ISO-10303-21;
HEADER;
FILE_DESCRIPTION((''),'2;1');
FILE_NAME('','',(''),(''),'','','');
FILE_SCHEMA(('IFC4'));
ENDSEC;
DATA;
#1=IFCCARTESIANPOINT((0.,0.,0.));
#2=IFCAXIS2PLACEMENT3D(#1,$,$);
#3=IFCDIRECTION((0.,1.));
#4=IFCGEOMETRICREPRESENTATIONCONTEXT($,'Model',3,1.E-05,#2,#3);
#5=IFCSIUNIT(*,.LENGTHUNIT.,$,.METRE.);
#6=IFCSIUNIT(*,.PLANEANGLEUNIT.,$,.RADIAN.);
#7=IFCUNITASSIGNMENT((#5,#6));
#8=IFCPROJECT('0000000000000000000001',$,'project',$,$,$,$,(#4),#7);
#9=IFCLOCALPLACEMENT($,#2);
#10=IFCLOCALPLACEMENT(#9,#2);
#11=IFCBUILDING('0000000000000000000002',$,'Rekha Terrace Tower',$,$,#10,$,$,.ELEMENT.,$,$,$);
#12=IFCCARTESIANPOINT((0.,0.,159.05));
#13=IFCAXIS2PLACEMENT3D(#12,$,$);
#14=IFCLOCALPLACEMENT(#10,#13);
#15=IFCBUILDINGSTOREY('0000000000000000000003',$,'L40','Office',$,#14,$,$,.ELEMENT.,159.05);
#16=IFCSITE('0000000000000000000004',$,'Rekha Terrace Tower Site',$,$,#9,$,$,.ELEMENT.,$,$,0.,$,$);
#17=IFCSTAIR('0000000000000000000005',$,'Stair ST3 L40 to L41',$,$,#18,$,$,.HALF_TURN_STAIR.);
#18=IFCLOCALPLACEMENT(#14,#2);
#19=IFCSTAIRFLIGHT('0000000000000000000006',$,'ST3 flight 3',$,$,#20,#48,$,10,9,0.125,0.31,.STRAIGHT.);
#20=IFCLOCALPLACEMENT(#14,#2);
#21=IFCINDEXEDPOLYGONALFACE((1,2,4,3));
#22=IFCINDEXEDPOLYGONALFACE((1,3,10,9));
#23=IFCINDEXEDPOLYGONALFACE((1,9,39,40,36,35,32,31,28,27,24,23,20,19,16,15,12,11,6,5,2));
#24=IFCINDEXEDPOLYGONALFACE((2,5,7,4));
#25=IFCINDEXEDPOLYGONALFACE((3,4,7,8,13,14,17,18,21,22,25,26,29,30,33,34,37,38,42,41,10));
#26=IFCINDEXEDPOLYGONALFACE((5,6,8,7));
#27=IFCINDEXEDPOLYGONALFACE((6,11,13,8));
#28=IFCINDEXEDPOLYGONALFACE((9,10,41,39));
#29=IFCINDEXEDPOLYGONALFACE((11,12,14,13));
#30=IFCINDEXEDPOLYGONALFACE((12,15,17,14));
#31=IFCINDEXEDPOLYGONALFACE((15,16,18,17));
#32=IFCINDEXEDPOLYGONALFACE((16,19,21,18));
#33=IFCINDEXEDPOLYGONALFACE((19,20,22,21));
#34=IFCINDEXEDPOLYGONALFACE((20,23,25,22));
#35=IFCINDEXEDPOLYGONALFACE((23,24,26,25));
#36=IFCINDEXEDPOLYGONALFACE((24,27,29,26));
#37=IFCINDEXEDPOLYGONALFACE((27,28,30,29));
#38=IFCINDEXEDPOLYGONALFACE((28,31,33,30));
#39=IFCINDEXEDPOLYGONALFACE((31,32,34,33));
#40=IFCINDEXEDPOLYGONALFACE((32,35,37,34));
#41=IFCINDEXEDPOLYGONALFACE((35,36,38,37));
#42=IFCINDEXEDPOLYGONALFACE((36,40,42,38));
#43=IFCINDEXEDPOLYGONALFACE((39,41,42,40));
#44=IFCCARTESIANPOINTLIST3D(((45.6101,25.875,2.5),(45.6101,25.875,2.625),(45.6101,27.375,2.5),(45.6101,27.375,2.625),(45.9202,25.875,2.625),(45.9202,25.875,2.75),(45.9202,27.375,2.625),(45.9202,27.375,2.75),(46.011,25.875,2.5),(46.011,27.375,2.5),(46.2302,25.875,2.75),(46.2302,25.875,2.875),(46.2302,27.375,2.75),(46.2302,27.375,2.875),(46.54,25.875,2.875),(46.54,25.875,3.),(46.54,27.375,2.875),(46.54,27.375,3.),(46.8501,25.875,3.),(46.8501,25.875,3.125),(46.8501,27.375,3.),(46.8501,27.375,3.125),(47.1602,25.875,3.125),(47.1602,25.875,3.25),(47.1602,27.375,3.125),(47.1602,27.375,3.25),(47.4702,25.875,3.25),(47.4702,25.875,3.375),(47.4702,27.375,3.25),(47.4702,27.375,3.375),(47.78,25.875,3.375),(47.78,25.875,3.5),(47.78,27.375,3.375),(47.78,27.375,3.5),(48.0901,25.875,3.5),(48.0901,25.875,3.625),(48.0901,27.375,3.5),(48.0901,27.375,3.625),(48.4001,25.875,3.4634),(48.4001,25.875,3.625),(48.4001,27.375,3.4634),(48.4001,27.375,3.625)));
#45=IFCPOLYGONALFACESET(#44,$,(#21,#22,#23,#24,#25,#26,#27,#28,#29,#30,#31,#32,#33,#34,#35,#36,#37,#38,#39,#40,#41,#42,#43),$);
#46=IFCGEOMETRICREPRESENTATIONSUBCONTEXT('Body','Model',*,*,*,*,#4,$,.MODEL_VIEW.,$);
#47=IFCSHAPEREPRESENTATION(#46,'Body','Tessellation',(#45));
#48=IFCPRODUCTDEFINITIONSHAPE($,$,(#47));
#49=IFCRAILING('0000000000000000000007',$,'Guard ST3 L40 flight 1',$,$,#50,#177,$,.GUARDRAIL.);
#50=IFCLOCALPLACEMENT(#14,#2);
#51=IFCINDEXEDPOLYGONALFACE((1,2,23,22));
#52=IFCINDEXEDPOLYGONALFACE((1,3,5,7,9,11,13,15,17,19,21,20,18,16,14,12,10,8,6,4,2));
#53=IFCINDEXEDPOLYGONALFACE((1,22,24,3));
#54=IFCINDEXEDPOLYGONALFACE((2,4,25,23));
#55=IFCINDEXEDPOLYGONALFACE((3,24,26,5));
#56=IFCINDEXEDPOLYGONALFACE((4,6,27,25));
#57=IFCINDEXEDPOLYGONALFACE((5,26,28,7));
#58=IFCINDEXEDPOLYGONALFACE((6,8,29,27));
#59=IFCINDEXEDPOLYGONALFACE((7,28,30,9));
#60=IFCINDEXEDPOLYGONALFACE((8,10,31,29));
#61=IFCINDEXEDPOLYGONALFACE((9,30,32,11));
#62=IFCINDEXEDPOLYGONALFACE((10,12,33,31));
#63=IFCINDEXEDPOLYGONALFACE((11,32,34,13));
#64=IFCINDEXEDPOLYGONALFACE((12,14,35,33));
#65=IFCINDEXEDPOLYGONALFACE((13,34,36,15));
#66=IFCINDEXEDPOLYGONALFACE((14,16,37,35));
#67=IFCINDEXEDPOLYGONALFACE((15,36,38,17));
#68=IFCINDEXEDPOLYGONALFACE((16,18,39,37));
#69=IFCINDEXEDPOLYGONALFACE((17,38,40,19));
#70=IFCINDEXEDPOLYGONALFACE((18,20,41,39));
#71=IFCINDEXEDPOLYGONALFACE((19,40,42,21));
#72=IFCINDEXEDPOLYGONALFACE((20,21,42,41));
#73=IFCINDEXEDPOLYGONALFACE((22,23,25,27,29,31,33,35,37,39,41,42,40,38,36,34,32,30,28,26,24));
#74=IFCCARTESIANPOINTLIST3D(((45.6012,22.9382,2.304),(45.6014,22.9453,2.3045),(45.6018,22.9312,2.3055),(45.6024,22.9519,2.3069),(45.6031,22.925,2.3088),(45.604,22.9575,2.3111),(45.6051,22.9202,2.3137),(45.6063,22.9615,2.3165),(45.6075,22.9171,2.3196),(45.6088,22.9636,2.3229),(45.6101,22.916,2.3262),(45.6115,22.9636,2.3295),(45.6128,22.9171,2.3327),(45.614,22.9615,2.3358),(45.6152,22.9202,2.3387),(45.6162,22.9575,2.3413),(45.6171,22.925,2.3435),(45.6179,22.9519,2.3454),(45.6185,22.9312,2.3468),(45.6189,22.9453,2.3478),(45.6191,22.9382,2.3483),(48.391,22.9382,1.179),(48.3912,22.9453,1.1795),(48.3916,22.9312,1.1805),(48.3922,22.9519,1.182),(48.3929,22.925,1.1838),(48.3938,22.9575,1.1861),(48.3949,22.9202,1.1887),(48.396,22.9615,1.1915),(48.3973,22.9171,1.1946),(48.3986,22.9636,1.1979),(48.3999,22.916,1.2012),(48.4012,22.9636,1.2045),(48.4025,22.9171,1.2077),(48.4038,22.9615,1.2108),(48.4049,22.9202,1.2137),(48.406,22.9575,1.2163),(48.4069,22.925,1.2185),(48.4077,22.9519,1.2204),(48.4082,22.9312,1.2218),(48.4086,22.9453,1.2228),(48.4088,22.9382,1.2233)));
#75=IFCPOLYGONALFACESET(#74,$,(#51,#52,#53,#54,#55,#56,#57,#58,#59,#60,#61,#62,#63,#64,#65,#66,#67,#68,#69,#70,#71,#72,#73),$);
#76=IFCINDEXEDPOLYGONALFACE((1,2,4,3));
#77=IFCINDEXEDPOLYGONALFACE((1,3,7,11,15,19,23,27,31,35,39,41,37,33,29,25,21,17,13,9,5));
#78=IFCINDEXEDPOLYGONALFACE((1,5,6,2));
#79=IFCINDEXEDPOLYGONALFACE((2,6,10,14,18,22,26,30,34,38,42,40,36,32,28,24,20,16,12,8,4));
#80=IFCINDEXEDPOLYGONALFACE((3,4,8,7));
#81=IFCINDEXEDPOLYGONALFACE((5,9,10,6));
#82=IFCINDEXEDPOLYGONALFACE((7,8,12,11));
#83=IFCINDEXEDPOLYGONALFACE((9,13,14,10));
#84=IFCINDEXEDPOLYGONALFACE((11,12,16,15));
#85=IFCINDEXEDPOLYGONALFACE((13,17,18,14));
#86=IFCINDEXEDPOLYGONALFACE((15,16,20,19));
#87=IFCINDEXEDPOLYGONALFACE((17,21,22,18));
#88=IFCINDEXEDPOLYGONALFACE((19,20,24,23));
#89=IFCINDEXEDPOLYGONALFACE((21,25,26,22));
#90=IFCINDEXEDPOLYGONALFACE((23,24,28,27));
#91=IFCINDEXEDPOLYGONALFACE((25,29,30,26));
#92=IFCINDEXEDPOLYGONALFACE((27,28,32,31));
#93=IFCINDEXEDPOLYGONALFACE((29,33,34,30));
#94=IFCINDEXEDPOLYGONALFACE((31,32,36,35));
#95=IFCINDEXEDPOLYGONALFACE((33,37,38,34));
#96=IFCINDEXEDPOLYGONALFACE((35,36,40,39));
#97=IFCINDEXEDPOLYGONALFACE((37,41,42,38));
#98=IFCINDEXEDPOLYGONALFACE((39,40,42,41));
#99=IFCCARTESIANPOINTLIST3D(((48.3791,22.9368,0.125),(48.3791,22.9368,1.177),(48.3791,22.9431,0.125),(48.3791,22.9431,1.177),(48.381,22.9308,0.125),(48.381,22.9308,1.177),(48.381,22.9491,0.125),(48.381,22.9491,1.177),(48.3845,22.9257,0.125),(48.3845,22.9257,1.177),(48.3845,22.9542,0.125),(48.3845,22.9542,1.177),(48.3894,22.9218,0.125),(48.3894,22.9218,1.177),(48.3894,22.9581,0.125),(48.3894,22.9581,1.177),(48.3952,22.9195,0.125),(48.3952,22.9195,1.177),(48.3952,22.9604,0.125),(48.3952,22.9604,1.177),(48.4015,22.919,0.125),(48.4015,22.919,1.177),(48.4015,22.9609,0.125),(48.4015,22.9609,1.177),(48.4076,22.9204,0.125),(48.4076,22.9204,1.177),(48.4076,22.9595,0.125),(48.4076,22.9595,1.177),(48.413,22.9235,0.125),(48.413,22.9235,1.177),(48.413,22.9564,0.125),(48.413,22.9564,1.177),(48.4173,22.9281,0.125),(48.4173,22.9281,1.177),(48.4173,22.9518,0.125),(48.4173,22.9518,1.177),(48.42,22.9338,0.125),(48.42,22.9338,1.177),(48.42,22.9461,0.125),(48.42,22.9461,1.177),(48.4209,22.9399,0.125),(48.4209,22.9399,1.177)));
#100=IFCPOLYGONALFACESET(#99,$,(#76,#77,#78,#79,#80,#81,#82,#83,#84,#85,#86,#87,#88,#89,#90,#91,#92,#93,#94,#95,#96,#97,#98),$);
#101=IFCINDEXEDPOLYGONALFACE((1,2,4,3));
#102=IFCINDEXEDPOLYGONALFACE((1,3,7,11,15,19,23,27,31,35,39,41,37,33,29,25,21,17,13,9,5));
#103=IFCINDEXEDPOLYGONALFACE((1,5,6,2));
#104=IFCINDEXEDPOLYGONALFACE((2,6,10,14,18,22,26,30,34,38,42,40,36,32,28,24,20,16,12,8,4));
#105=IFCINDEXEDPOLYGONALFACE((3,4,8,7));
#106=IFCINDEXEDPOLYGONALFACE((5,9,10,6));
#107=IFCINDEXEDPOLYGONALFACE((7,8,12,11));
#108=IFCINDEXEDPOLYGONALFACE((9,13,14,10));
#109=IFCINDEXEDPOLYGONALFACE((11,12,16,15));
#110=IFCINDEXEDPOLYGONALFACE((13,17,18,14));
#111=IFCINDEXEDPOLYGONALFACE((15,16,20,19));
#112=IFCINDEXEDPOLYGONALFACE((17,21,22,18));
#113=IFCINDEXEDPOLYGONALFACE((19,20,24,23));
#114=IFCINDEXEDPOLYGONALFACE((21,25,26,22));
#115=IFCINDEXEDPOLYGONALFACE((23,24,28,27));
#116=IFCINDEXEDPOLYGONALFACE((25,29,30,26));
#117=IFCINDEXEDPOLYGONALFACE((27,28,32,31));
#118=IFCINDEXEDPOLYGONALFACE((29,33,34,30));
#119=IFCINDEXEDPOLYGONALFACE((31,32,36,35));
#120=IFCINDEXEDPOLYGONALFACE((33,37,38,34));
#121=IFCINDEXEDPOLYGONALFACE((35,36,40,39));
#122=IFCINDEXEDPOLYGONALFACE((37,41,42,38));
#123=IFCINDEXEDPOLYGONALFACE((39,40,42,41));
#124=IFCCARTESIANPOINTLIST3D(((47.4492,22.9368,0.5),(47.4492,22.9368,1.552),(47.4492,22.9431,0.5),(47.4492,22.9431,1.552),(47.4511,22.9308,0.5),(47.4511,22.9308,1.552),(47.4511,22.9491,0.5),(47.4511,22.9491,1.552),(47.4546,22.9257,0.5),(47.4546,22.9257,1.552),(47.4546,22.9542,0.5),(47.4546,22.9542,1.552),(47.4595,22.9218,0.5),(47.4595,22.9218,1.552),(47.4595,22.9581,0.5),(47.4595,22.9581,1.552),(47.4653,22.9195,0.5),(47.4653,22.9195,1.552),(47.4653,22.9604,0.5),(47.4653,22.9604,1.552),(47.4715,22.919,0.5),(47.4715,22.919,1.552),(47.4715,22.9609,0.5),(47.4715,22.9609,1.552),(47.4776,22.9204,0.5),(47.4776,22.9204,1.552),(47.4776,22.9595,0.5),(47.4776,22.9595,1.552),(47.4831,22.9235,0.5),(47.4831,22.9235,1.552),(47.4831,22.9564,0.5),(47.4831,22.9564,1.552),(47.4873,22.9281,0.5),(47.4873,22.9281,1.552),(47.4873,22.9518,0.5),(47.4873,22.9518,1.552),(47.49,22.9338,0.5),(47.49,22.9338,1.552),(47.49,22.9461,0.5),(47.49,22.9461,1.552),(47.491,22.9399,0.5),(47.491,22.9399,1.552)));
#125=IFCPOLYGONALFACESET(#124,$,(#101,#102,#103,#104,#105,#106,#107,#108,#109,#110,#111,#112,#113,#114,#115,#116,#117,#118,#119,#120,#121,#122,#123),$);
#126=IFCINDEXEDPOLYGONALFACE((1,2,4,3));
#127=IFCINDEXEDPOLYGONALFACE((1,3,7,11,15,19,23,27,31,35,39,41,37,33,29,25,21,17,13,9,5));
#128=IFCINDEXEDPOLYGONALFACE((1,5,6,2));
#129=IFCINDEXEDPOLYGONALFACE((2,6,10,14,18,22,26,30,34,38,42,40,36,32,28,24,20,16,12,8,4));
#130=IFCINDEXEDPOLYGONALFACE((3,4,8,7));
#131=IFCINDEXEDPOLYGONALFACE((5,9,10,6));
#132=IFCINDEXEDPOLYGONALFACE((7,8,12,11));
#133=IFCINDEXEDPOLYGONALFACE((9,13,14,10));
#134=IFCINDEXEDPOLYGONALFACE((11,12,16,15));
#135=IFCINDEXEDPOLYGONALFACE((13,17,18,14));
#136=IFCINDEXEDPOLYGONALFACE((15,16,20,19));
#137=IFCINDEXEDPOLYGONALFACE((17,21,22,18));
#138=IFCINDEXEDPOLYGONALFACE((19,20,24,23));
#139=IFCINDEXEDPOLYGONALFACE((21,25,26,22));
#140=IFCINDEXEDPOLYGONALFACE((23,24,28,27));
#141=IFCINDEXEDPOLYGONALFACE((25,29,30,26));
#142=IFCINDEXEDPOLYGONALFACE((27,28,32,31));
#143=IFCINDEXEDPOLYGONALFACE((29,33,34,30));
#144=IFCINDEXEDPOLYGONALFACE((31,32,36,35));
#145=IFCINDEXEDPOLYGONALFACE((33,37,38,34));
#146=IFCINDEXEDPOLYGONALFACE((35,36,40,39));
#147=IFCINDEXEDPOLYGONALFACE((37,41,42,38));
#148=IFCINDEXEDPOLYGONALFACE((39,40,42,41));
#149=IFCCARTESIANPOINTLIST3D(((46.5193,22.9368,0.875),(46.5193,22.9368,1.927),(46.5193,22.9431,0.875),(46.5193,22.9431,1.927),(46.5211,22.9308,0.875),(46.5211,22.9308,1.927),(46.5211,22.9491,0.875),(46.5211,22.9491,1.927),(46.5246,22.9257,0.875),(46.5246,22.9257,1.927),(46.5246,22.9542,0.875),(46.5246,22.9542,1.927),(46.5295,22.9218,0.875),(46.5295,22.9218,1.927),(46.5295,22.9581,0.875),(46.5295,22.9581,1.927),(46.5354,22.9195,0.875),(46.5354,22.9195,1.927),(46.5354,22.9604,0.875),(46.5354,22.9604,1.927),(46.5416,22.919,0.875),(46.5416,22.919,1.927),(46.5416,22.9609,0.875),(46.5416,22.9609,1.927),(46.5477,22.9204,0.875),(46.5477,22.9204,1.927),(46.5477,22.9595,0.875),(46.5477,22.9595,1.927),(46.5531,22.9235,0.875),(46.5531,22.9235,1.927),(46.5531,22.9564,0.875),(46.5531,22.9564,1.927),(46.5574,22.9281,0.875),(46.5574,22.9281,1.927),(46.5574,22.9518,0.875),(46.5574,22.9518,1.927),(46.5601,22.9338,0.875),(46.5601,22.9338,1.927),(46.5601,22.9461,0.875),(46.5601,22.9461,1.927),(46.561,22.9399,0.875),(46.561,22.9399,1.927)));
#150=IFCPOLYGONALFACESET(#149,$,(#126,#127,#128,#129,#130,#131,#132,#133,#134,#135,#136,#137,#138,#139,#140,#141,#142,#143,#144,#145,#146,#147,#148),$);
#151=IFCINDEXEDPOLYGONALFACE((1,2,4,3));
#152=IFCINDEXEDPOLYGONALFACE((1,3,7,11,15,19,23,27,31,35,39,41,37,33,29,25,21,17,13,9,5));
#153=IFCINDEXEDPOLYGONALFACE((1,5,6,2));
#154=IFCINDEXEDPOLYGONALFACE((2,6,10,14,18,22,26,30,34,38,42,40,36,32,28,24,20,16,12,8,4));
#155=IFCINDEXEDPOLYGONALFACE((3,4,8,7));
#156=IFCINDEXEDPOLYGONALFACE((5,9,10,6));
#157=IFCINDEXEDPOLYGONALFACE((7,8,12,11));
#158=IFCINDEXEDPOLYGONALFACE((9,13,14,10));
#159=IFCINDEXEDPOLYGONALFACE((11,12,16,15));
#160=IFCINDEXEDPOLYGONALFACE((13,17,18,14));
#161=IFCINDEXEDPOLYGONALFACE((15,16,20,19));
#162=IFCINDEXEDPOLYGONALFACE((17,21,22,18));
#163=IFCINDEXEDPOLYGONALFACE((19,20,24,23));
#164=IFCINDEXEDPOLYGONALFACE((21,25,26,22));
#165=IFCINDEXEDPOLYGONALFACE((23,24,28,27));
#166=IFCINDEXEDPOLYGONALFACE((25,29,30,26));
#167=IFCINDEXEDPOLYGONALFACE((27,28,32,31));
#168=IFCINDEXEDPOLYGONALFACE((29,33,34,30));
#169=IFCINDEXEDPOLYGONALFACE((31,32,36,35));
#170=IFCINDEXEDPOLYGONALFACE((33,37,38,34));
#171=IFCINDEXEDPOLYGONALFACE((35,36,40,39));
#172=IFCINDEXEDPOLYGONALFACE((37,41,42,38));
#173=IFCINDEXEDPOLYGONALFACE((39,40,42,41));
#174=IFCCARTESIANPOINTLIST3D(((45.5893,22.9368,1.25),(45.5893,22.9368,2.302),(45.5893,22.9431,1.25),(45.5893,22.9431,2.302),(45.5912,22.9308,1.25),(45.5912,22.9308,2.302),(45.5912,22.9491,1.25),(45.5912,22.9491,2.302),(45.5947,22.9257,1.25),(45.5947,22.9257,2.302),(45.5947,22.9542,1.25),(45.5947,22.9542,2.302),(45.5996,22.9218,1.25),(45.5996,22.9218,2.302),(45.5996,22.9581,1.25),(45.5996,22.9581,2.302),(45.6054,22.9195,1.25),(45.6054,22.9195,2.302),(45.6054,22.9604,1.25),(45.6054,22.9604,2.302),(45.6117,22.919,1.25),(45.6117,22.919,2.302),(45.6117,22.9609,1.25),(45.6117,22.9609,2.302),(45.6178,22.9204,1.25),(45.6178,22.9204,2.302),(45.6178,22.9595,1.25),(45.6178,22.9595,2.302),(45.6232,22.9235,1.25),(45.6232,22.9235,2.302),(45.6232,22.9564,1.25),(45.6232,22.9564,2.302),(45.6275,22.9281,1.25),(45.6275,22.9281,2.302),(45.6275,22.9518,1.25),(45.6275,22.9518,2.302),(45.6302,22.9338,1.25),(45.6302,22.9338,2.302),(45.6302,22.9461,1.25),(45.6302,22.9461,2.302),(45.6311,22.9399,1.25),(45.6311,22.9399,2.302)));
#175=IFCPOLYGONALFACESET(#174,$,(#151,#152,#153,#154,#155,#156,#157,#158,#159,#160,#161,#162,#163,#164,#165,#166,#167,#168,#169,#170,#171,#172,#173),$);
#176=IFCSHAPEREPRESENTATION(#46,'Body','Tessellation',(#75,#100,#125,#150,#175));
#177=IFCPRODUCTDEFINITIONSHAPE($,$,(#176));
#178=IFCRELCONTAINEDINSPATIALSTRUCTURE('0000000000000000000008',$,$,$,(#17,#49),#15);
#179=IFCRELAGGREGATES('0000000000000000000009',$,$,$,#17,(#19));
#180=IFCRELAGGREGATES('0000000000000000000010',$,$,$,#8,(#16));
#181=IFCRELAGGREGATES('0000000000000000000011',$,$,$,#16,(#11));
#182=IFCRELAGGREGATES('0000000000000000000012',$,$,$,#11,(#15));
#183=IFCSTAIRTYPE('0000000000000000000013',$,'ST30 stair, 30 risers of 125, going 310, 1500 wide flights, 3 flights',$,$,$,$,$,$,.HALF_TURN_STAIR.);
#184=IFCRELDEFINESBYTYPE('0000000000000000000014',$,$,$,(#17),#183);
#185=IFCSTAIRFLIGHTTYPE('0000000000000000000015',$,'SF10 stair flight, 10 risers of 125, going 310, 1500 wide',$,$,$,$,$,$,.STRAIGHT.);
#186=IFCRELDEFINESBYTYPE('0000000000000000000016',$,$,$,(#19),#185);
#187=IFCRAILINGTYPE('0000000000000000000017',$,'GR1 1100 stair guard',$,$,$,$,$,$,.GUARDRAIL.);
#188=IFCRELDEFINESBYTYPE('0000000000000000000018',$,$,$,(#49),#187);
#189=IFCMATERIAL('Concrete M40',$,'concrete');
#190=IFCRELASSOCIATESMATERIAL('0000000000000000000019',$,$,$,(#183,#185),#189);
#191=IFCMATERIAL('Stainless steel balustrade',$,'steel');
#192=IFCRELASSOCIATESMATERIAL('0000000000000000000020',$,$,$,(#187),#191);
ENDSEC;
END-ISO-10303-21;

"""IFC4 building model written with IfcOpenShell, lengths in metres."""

from ifc_helpers import new_model, si_unit, direction, frame, origin, origin_2d, place, context, subcontext, project, spatial, polyline, circle, outline, extrude, material, type_object, element, aggregate, save


model = new_model("IFC4")

# Units and contexts
model_context = context("Model", 3, precision=1e-05, world=origin(), true_north=direction((0.0, 1.0)))
body_context = subcontext(model_context, "Body", "Model", "MODEL_VIEW")
ifc_project = project(units=[si_unit("LENGTHUNIT", "METRE"), si_unit("PLANEANGLEUNIT", "RADIAN")], contexts=[model_context])

# Site, building, storey
site_placement = place(None, origin())
site = spatial("IfcSite", under=ifc_project, at=site_placement, Name="Rekha Terrace Tower Site", CompositionType="ELEMENT", RefElevation=0.0)
building_placement = place(site_placement, origin())
building = spatial("IfcBuilding", under=site, at=building_placement, Name="Rekha Terrace Tower", CompositionType="ELEMENT")
storey_placement = place(building_placement, frame((0.0, 0.0, 159.05)))
storey = spatial("IfcBuildingStorey", under=building, at=storey_placement, Name="L40", Description="Office", CompositionType="ELEMENT", Elevation=159.05)

# Stair, stair flight
ifc_material_1 = material(Name="Concrete M40", Category="concrete")
stair_type = type_object("IfcStairType", Name="ST30 stair, 30 risers of 125, going 310, 1500 wide flights, 3 flights", PredefinedType="HALF_TURN_STAIR", material=ifc_material_1)
stair_placement = place(storey_placement, origin())
stair = element("IfcStair", 1, at=stair_placement, inside=storey, type_object=stair_type, Name="Stair ST3 L40 to L41", PredefinedType="HALF_TURN_STAIR")
stair_flight_type = type_object("IfcStairFlightType", Name="SF10 stair flight, 10 risers of 125, going 310, 1500 wide", PredefinedType="STRAIGHT", material=ifc_material_1)
stair_flight_1_placement = place(storey_placement, frame((45.6101, 26.625, 2.5), z_axis=(0.0, 0.0, 1.0), x_axis=(1.0, 0.0, 0.0)))
stair_flight_1 = element("IfcStairFlight", 2, at=stair_flight_1_placement, type_object=stair_flight_type, Name="ST3 flight 3", NumberOfRisers=10, NumberOfTreads=9, PredefinedType="STRAIGHT", RiserHeight=0.125, TreadLength=0.31, context=body_context, shape_type="SweptSolid", body=[
    extrude(outline(polyline([(0.0, 0.0), (0.0, 0.125), (0.3101, 0.125), (0.3101, 0.25), (0.6201, 0.25), (0.6201, 0.375), (0.9299, 0.375), (0.9299, 0.5), (1.24, 0.5), (1.24, 0.625), (1.55, 0.625), (1.55, 0.75), (1.8601, 0.75), (1.8601, 0.875), (2.1699, 0.875), (2.1699, 1.0), (2.48, 1.0), (2.48, 1.125), (2.79, 1.125), (2.79, 1.25), (2.79, 0.9634), (0.4009, 0.0), (0.0, 0.0)])), frame((0.0, 0.75, 0.0), z_axis=(0.0, -1.0, 0.0), x_axis=(1.0, 0.0, 0.0)), (0.0, 0.0, 1.0), 1.5),
])
aggregate(stair, [stair_flight_1])

# Railing
ifc_material_2 = material(Name="Stainless steel balustrade", Category="steel")
railing_type_1 = type_object("IfcRailingType", Name="GR1 1100 stair guard", PredefinedType="GUARDRAIL", material=ifc_material_2)
railing_1_placement = place(storey_placement, frame((48.3999, 22.9399, 0.125)))
element("IfcRailing", 3, at=railing_1_placement, inside=storey, type_object=railing_type_1, Name="Guard ST3 L40 flight 1", PredefinedType="GUARDRAIL", context=body_context, shape_type="SweptSolid", body=[
    extrude(circle(Radius=0.0239, at=origin_2d()), frame((0.0, 0.0, 1.0762), z_axis=(-0.927432, 0.0, 0.373992), x_axis=(0.0, -1.0, 0.0)), (0.0, 0.0, 1.0), 3.0081),
    extrude(circle(Radius=0.021, at=origin_2d()), origin(), (0.0, 0.0, 1.0), 1.052),
    extrude(circle(Radius=0.021, at=origin_2d()), frame((-0.9299, 0.0, 0.375)), (0.0, 0.0, 1.0), 1.052),
    extrude(circle(Radius=0.021, at=origin_2d()), frame((-1.8599, 0.0, 0.75)), (0.0, 0.0, 1.0), 1.052),
    extrude(circle(Radius=0.021, at=origin_2d()), frame((-2.7898, 0.0, 1.125)), (0.0, 0.0, 1.0), 1.052),
])

save(model, "model.ifc")
